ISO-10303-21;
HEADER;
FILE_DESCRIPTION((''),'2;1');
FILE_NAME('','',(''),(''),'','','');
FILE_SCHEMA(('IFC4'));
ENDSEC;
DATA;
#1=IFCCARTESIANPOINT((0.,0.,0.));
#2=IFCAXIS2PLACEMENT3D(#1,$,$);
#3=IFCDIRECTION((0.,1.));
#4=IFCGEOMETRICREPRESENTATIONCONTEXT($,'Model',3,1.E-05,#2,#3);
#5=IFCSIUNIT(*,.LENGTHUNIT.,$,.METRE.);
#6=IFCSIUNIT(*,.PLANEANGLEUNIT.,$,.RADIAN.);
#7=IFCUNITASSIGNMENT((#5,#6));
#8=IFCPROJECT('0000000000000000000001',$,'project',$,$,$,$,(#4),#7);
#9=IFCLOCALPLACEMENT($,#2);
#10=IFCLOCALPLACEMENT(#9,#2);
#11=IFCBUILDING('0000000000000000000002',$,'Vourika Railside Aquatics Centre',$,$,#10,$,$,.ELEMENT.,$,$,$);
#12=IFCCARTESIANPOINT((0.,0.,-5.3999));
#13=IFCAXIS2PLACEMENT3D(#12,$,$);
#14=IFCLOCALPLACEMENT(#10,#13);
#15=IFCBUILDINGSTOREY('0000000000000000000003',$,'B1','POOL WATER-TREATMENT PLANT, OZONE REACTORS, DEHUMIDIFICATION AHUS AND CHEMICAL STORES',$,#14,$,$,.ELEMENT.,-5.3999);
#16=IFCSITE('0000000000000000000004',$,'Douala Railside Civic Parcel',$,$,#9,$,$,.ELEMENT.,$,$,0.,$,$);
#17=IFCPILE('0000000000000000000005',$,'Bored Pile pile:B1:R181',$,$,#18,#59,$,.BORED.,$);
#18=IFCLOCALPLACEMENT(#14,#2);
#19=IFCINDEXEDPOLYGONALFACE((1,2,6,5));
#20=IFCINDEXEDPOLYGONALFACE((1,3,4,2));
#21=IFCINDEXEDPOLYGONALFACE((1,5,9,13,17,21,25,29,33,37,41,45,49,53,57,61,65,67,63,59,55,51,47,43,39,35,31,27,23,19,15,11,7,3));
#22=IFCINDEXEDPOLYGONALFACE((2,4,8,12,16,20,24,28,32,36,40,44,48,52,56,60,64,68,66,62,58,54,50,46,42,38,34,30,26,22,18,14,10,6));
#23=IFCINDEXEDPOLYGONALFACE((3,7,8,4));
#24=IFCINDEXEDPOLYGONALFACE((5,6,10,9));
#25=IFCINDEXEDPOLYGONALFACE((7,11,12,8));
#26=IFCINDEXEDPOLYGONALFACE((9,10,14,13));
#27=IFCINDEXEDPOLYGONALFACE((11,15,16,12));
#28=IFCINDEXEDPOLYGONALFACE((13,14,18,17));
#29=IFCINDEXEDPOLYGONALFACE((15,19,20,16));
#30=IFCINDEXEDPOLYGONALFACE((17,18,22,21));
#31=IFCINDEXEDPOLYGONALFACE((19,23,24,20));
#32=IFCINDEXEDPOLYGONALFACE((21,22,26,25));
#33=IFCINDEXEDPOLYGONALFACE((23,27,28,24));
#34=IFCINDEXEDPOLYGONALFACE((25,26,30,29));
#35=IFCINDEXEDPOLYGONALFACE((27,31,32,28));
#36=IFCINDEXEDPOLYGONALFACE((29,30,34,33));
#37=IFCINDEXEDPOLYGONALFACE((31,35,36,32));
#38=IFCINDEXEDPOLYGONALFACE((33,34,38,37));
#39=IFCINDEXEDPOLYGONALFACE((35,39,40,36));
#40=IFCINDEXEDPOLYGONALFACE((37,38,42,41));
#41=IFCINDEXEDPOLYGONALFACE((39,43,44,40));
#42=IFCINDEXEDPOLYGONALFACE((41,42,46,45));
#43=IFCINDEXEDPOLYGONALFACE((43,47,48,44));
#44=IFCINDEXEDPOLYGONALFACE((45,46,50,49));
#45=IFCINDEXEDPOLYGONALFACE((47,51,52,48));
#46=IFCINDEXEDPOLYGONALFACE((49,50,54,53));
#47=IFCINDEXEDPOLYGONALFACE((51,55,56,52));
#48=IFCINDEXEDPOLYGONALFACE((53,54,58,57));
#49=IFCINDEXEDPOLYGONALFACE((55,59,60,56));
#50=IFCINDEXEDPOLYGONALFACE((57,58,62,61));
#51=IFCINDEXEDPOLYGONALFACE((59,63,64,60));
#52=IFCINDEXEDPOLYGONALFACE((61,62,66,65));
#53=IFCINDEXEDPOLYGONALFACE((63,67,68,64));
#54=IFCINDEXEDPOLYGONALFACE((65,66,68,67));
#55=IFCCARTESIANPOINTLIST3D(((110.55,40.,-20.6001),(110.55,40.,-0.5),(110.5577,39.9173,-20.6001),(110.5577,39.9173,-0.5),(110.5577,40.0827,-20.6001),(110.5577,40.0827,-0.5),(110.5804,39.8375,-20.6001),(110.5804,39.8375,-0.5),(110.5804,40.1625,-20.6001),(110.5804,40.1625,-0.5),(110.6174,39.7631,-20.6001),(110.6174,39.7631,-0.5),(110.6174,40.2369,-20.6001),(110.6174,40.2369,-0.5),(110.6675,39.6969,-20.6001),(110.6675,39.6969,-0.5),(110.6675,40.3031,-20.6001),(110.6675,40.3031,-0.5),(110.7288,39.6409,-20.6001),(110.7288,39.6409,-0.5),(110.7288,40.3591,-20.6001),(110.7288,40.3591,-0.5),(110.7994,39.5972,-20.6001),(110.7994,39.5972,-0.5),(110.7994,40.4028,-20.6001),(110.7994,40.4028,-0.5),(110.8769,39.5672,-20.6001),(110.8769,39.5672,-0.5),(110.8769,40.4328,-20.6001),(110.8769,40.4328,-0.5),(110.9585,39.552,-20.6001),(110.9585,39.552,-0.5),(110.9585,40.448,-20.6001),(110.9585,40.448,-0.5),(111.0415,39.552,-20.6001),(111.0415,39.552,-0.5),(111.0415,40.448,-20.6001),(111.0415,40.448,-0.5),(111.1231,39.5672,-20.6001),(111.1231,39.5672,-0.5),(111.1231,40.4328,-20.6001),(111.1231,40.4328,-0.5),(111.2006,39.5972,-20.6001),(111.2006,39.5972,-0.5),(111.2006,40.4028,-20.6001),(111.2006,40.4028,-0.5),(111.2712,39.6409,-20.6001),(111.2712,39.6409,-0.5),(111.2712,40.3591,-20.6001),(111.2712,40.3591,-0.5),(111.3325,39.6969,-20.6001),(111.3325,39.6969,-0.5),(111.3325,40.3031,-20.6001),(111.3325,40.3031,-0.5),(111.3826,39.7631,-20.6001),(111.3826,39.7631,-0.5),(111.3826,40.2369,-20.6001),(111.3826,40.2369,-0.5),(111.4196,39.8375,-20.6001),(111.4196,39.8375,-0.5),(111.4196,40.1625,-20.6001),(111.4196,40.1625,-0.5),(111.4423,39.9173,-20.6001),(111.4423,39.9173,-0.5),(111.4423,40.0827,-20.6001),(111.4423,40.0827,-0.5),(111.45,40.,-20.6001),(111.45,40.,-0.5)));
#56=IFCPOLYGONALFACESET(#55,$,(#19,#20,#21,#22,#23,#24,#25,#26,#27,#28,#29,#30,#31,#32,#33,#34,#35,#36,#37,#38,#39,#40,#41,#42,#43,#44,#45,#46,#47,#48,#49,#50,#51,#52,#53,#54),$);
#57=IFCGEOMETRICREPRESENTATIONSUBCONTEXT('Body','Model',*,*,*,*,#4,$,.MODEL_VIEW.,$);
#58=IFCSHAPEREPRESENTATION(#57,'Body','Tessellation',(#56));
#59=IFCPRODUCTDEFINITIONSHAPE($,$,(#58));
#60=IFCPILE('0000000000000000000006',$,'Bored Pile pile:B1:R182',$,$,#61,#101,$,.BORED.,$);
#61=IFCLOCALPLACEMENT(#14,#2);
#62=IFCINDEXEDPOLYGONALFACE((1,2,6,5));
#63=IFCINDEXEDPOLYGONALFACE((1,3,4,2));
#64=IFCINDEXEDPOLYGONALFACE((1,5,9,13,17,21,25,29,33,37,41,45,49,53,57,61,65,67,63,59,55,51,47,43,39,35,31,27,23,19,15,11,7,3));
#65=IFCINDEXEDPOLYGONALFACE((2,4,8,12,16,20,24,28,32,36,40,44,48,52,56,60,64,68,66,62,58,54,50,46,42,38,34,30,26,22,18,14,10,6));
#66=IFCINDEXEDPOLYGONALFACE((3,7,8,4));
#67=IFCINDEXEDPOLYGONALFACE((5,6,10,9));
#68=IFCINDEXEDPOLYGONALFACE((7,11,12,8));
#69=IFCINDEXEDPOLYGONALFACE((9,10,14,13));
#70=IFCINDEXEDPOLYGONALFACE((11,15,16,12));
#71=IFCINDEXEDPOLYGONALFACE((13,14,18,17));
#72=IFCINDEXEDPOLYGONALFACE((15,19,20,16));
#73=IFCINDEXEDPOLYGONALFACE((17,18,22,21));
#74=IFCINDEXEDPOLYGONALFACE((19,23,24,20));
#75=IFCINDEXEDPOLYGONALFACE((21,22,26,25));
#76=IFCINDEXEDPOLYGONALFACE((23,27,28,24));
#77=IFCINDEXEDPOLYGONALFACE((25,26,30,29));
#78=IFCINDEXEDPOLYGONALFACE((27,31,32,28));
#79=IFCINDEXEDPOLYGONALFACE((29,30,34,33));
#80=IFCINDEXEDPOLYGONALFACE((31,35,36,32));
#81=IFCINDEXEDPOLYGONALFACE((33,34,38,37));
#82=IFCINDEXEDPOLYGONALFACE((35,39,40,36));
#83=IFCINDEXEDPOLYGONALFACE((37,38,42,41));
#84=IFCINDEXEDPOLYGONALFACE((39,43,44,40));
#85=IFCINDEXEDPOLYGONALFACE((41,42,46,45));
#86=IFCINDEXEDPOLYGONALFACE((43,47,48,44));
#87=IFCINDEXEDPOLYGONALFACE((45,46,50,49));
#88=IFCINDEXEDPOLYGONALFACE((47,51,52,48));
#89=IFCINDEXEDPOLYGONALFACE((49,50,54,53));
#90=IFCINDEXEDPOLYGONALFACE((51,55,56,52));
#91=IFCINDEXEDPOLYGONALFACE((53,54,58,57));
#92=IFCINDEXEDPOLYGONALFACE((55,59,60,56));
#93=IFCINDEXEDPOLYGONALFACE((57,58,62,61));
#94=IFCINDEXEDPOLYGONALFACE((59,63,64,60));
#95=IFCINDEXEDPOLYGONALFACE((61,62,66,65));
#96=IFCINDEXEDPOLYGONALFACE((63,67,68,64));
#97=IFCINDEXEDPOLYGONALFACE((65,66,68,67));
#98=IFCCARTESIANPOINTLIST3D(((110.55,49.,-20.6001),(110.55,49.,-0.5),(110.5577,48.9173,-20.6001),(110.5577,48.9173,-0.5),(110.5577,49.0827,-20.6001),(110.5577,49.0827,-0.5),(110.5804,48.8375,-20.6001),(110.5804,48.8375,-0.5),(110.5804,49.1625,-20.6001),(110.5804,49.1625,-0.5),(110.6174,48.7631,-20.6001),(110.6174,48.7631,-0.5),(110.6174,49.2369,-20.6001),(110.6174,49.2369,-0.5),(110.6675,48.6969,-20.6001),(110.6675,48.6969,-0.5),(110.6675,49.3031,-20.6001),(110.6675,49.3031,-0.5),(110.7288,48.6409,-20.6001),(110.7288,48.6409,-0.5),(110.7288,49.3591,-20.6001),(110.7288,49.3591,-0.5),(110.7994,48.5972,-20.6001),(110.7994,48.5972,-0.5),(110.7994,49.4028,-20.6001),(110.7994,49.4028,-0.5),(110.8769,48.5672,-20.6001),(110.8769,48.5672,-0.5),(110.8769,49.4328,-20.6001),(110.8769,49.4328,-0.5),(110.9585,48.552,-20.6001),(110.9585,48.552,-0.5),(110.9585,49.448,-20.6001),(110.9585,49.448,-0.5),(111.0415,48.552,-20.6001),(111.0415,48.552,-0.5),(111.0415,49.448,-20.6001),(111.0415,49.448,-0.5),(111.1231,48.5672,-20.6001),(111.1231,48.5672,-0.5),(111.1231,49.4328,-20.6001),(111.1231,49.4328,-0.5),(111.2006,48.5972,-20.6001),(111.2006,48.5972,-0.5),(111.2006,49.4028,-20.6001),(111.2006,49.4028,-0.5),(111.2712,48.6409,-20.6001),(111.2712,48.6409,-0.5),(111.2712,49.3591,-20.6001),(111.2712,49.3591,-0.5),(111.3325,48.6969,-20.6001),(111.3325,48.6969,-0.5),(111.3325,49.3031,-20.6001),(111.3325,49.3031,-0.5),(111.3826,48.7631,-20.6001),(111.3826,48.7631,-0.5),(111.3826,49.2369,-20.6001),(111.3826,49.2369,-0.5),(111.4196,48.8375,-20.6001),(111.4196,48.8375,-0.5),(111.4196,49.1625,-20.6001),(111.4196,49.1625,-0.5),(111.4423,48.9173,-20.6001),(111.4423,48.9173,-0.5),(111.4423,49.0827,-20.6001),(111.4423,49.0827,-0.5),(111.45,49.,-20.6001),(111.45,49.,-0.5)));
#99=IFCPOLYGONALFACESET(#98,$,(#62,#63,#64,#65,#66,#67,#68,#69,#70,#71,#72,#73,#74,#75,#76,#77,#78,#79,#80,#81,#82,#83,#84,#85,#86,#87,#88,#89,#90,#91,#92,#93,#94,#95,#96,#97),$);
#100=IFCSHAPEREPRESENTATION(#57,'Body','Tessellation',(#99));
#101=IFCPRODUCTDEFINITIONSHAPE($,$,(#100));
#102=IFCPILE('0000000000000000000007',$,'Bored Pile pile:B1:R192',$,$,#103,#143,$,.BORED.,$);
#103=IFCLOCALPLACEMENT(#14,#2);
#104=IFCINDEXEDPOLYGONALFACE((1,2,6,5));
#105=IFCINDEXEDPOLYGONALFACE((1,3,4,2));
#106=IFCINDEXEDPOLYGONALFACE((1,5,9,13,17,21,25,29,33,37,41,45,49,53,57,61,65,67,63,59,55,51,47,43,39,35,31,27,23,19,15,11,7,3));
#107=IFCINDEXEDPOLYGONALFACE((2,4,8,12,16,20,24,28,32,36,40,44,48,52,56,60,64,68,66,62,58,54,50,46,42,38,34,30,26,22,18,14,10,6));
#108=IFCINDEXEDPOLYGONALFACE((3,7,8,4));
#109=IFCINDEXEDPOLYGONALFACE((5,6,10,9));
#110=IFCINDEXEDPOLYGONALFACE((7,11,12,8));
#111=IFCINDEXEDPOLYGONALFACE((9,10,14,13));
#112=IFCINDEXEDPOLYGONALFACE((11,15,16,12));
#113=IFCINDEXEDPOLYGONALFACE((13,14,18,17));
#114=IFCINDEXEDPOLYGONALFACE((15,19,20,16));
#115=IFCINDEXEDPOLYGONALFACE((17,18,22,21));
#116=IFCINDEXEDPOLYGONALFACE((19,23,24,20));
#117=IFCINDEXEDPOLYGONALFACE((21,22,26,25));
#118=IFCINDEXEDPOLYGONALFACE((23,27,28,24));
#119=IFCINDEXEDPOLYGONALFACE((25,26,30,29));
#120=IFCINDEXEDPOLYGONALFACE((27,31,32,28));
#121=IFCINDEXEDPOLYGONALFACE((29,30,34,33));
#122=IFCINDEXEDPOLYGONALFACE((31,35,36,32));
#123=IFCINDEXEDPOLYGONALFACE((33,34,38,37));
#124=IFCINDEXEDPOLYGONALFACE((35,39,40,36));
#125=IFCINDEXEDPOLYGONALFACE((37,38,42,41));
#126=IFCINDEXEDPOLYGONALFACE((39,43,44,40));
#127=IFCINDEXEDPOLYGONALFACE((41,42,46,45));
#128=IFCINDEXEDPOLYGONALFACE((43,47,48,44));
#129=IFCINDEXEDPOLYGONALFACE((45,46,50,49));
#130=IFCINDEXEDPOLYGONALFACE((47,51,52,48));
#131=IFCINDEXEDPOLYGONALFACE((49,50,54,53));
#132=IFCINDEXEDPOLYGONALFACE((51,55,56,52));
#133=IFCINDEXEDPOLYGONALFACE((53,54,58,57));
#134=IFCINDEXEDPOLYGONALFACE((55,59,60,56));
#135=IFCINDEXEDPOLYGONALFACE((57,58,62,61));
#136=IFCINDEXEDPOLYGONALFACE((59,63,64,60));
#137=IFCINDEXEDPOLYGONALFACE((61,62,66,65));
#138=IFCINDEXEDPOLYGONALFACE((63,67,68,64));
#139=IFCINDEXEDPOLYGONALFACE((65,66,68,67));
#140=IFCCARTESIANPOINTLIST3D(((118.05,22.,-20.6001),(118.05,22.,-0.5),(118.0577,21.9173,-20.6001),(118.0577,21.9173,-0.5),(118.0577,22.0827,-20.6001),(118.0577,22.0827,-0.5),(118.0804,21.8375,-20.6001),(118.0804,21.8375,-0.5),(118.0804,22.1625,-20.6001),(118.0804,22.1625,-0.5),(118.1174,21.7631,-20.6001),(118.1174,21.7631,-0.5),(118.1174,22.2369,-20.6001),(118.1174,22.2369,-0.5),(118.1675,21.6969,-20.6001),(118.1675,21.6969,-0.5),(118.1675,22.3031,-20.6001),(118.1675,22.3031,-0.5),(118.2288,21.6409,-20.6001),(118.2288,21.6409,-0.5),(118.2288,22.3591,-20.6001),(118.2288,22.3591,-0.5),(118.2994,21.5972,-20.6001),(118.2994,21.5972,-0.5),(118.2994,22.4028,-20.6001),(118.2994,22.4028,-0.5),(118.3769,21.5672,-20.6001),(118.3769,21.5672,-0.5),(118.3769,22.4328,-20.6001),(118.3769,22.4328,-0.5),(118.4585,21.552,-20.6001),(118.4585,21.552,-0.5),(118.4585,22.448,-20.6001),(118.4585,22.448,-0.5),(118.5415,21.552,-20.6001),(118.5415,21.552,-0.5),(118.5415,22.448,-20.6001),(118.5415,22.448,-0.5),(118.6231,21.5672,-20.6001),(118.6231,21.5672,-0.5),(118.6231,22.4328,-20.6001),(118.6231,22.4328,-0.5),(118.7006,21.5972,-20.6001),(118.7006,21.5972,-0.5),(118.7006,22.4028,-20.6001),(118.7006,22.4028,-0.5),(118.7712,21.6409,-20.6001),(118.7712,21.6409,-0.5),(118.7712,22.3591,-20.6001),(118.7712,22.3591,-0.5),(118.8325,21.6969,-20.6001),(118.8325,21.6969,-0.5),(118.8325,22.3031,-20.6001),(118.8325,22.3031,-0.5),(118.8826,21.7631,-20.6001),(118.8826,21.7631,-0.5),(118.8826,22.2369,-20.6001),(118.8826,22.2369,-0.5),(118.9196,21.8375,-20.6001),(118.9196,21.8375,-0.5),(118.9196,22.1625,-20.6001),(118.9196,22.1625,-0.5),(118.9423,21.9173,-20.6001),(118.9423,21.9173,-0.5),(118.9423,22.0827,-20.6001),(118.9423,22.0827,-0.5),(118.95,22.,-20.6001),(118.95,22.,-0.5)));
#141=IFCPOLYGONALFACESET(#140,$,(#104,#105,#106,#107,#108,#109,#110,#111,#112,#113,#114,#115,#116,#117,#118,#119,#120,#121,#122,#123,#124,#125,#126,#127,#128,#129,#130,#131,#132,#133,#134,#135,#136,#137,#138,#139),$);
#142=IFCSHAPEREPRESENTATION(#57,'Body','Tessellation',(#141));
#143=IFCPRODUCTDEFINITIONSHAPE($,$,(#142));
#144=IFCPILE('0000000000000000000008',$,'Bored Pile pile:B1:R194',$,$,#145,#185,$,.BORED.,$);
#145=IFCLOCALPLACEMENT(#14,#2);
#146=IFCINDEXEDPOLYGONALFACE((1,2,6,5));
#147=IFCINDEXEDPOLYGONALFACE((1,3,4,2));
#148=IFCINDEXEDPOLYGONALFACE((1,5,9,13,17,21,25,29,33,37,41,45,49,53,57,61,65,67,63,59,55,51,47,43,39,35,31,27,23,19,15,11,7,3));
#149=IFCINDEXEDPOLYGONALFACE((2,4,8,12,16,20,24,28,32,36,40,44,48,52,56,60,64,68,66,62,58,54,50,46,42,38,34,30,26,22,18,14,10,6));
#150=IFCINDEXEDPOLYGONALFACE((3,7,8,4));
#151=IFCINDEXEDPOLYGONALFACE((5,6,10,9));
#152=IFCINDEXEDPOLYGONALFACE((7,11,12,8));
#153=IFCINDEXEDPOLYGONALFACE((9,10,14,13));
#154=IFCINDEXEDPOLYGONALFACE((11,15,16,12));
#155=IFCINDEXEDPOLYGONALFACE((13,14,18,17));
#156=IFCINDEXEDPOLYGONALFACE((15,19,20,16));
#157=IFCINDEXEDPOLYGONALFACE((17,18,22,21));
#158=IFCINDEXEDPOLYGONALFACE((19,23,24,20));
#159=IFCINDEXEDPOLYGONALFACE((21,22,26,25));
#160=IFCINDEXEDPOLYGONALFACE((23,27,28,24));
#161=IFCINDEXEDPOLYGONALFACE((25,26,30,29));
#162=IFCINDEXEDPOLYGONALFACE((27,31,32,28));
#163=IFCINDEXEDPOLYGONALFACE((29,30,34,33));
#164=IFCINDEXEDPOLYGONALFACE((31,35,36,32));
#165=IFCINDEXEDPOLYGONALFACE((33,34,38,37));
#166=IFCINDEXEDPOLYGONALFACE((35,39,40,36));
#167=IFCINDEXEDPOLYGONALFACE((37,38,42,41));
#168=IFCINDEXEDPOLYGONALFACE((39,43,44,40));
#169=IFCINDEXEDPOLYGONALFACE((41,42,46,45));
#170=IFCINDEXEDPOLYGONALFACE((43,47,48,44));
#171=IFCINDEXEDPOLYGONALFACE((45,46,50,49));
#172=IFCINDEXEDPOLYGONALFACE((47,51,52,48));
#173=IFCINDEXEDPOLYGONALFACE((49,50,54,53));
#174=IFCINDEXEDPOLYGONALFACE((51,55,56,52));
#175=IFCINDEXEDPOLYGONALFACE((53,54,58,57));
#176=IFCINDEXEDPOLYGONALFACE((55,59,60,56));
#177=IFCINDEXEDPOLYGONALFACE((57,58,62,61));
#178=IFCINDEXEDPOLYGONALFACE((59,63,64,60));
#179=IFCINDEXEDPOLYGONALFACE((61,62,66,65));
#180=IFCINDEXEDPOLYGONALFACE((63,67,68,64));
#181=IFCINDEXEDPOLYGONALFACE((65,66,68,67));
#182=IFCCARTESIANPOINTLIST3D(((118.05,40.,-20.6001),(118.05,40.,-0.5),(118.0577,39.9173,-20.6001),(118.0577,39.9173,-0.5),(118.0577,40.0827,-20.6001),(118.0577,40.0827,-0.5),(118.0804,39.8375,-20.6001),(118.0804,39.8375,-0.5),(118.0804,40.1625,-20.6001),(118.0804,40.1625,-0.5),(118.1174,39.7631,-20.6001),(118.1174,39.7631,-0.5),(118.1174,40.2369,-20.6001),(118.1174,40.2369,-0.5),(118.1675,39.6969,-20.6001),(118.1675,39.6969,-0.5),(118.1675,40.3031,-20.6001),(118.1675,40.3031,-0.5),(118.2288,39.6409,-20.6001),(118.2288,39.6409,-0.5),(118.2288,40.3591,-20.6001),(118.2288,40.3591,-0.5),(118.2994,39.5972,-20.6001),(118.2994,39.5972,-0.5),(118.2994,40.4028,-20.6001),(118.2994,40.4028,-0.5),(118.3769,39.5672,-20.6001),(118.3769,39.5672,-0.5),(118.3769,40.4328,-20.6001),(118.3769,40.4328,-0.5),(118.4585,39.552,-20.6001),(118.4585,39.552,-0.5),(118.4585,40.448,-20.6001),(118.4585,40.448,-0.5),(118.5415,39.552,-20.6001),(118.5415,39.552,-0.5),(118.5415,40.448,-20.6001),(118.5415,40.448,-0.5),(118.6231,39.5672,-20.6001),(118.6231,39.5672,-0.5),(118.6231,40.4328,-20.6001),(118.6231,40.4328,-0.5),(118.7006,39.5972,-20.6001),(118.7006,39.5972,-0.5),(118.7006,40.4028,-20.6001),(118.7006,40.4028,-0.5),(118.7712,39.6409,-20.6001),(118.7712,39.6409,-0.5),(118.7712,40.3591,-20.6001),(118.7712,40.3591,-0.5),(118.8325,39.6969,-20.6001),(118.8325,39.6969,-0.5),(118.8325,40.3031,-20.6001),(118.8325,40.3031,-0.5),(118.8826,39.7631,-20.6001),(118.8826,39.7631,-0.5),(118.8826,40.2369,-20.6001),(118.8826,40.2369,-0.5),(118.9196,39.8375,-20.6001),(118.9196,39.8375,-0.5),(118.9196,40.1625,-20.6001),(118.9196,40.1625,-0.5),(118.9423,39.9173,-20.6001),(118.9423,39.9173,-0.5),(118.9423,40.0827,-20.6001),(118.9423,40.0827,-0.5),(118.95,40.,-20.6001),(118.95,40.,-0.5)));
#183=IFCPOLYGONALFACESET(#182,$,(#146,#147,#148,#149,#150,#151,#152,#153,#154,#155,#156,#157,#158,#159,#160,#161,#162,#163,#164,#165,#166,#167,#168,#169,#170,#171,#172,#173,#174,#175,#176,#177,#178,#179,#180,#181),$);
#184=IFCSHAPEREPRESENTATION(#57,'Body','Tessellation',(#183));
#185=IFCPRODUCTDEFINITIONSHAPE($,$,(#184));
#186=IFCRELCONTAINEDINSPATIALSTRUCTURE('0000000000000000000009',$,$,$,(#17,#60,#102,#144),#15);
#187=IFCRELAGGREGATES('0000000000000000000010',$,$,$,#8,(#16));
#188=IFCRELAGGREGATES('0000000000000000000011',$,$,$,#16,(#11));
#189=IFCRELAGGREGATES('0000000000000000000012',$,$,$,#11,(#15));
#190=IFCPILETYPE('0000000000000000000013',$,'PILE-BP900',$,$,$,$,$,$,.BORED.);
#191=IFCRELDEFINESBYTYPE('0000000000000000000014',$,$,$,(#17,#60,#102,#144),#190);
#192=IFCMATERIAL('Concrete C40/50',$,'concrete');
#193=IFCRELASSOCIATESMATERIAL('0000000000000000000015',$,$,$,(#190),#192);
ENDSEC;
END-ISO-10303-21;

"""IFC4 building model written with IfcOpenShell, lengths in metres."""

from ifc_helpers import new_model, si_unit, direction, frame, origin, origin_2d, place, context, subcontext, project, spatial, circle, extrude, material, material_profile, profile_set, type_object, element, save


model = new_model("IFC4")

# Units and contexts
model_context = context("Model", 3, precision=1e-05, world=origin(), true_north=direction((0.0, 1.0)))
body_context = subcontext(model_context, "Body", "Model", "MODEL_VIEW")
ifc_project = project(units=[si_unit("LENGTHUNIT", "METRE"), si_unit("PLANEANGLEUNIT", "RADIAN")], contexts=[model_context])

# Site, building, storey
site_placement = place(None, origin())
site = spatial("IfcSite", under=ifc_project, at=site_placement, Name="Douala Railside Civic Parcel", CompositionType="ELEMENT", RefElevation=0.0)
building_placement = place(site_placement, origin())
building = spatial("IfcBuilding", under=site, at=building_placement, Name="Vourika Railside Aquatics Centre", CompositionType="ELEMENT")
storey_placement = place(building_placement, frame((0.0, 0.0, -5.3999)))
storey = spatial("IfcBuildingStorey", under=building, at=storey_placement, Name="B1", Description="POOL WATER-TREATMENT PLANT, OZONE REACTORS, DEHUMIDIFICATION AHUS AND CHEMICAL STORES", CompositionType="ELEMENT", Elevation=-5.3999)

# Piles
ifc_material_1 = material(Name="Concrete C40/50", Category="concrete")
ifc_material_profile_1 = material_profile(ifc_material_1, circle(Radius=0.45, at=origin_2d()), Name="BP 900")
ifc_profile_set_1 = profile_set([ifc_material_profile_1], Name="Concrete C40/50")
pile_type_1 = type_object("IfcPileType", Name="PILE-BP900", PredefinedType="BORED", material=ifc_profile_set_1)
for number, where, z_axis, x_axis, name in (
    (1, (111.0, 40.0, -0.5), (0.0, 0.0, -1.0), (1.0, 0.0, 0.0), "Bored Pile pile:B1:R181"),
    (2, (111.0, 49.0, -0.5), (0.0, 0.0, -1.0), (1.0, 0.0, 0.0), "Bored Pile pile:B1:R182"),
    (3, (118.5, 22.0, -0.5), (0.0, 0.0, -1.0), (1.0, 0.0, 0.0), "Bored Pile pile:B1:R192"),
    (4, (118.5, 40.0, -0.5), (0.0, 0.0, -1.0), (1.0, 0.0, 0.0), "Bored Pile pile:B1:R194"),
):
    element("IfcPile", number, at=place(storey_placement, frame(where, z_axis=z_axis, x_axis=x_axis)), inside=storey, type_object=pile_type_1, Name=name, PredefinedType="BORED", context=body_context, shape_type="SweptSolid", body=[
        extrude(circle(Radius=0.45, at=origin_2d()), origin(), (0.0, 0.0, 1.0), 20.1001),
    ])

save(model, "model.ifc")
